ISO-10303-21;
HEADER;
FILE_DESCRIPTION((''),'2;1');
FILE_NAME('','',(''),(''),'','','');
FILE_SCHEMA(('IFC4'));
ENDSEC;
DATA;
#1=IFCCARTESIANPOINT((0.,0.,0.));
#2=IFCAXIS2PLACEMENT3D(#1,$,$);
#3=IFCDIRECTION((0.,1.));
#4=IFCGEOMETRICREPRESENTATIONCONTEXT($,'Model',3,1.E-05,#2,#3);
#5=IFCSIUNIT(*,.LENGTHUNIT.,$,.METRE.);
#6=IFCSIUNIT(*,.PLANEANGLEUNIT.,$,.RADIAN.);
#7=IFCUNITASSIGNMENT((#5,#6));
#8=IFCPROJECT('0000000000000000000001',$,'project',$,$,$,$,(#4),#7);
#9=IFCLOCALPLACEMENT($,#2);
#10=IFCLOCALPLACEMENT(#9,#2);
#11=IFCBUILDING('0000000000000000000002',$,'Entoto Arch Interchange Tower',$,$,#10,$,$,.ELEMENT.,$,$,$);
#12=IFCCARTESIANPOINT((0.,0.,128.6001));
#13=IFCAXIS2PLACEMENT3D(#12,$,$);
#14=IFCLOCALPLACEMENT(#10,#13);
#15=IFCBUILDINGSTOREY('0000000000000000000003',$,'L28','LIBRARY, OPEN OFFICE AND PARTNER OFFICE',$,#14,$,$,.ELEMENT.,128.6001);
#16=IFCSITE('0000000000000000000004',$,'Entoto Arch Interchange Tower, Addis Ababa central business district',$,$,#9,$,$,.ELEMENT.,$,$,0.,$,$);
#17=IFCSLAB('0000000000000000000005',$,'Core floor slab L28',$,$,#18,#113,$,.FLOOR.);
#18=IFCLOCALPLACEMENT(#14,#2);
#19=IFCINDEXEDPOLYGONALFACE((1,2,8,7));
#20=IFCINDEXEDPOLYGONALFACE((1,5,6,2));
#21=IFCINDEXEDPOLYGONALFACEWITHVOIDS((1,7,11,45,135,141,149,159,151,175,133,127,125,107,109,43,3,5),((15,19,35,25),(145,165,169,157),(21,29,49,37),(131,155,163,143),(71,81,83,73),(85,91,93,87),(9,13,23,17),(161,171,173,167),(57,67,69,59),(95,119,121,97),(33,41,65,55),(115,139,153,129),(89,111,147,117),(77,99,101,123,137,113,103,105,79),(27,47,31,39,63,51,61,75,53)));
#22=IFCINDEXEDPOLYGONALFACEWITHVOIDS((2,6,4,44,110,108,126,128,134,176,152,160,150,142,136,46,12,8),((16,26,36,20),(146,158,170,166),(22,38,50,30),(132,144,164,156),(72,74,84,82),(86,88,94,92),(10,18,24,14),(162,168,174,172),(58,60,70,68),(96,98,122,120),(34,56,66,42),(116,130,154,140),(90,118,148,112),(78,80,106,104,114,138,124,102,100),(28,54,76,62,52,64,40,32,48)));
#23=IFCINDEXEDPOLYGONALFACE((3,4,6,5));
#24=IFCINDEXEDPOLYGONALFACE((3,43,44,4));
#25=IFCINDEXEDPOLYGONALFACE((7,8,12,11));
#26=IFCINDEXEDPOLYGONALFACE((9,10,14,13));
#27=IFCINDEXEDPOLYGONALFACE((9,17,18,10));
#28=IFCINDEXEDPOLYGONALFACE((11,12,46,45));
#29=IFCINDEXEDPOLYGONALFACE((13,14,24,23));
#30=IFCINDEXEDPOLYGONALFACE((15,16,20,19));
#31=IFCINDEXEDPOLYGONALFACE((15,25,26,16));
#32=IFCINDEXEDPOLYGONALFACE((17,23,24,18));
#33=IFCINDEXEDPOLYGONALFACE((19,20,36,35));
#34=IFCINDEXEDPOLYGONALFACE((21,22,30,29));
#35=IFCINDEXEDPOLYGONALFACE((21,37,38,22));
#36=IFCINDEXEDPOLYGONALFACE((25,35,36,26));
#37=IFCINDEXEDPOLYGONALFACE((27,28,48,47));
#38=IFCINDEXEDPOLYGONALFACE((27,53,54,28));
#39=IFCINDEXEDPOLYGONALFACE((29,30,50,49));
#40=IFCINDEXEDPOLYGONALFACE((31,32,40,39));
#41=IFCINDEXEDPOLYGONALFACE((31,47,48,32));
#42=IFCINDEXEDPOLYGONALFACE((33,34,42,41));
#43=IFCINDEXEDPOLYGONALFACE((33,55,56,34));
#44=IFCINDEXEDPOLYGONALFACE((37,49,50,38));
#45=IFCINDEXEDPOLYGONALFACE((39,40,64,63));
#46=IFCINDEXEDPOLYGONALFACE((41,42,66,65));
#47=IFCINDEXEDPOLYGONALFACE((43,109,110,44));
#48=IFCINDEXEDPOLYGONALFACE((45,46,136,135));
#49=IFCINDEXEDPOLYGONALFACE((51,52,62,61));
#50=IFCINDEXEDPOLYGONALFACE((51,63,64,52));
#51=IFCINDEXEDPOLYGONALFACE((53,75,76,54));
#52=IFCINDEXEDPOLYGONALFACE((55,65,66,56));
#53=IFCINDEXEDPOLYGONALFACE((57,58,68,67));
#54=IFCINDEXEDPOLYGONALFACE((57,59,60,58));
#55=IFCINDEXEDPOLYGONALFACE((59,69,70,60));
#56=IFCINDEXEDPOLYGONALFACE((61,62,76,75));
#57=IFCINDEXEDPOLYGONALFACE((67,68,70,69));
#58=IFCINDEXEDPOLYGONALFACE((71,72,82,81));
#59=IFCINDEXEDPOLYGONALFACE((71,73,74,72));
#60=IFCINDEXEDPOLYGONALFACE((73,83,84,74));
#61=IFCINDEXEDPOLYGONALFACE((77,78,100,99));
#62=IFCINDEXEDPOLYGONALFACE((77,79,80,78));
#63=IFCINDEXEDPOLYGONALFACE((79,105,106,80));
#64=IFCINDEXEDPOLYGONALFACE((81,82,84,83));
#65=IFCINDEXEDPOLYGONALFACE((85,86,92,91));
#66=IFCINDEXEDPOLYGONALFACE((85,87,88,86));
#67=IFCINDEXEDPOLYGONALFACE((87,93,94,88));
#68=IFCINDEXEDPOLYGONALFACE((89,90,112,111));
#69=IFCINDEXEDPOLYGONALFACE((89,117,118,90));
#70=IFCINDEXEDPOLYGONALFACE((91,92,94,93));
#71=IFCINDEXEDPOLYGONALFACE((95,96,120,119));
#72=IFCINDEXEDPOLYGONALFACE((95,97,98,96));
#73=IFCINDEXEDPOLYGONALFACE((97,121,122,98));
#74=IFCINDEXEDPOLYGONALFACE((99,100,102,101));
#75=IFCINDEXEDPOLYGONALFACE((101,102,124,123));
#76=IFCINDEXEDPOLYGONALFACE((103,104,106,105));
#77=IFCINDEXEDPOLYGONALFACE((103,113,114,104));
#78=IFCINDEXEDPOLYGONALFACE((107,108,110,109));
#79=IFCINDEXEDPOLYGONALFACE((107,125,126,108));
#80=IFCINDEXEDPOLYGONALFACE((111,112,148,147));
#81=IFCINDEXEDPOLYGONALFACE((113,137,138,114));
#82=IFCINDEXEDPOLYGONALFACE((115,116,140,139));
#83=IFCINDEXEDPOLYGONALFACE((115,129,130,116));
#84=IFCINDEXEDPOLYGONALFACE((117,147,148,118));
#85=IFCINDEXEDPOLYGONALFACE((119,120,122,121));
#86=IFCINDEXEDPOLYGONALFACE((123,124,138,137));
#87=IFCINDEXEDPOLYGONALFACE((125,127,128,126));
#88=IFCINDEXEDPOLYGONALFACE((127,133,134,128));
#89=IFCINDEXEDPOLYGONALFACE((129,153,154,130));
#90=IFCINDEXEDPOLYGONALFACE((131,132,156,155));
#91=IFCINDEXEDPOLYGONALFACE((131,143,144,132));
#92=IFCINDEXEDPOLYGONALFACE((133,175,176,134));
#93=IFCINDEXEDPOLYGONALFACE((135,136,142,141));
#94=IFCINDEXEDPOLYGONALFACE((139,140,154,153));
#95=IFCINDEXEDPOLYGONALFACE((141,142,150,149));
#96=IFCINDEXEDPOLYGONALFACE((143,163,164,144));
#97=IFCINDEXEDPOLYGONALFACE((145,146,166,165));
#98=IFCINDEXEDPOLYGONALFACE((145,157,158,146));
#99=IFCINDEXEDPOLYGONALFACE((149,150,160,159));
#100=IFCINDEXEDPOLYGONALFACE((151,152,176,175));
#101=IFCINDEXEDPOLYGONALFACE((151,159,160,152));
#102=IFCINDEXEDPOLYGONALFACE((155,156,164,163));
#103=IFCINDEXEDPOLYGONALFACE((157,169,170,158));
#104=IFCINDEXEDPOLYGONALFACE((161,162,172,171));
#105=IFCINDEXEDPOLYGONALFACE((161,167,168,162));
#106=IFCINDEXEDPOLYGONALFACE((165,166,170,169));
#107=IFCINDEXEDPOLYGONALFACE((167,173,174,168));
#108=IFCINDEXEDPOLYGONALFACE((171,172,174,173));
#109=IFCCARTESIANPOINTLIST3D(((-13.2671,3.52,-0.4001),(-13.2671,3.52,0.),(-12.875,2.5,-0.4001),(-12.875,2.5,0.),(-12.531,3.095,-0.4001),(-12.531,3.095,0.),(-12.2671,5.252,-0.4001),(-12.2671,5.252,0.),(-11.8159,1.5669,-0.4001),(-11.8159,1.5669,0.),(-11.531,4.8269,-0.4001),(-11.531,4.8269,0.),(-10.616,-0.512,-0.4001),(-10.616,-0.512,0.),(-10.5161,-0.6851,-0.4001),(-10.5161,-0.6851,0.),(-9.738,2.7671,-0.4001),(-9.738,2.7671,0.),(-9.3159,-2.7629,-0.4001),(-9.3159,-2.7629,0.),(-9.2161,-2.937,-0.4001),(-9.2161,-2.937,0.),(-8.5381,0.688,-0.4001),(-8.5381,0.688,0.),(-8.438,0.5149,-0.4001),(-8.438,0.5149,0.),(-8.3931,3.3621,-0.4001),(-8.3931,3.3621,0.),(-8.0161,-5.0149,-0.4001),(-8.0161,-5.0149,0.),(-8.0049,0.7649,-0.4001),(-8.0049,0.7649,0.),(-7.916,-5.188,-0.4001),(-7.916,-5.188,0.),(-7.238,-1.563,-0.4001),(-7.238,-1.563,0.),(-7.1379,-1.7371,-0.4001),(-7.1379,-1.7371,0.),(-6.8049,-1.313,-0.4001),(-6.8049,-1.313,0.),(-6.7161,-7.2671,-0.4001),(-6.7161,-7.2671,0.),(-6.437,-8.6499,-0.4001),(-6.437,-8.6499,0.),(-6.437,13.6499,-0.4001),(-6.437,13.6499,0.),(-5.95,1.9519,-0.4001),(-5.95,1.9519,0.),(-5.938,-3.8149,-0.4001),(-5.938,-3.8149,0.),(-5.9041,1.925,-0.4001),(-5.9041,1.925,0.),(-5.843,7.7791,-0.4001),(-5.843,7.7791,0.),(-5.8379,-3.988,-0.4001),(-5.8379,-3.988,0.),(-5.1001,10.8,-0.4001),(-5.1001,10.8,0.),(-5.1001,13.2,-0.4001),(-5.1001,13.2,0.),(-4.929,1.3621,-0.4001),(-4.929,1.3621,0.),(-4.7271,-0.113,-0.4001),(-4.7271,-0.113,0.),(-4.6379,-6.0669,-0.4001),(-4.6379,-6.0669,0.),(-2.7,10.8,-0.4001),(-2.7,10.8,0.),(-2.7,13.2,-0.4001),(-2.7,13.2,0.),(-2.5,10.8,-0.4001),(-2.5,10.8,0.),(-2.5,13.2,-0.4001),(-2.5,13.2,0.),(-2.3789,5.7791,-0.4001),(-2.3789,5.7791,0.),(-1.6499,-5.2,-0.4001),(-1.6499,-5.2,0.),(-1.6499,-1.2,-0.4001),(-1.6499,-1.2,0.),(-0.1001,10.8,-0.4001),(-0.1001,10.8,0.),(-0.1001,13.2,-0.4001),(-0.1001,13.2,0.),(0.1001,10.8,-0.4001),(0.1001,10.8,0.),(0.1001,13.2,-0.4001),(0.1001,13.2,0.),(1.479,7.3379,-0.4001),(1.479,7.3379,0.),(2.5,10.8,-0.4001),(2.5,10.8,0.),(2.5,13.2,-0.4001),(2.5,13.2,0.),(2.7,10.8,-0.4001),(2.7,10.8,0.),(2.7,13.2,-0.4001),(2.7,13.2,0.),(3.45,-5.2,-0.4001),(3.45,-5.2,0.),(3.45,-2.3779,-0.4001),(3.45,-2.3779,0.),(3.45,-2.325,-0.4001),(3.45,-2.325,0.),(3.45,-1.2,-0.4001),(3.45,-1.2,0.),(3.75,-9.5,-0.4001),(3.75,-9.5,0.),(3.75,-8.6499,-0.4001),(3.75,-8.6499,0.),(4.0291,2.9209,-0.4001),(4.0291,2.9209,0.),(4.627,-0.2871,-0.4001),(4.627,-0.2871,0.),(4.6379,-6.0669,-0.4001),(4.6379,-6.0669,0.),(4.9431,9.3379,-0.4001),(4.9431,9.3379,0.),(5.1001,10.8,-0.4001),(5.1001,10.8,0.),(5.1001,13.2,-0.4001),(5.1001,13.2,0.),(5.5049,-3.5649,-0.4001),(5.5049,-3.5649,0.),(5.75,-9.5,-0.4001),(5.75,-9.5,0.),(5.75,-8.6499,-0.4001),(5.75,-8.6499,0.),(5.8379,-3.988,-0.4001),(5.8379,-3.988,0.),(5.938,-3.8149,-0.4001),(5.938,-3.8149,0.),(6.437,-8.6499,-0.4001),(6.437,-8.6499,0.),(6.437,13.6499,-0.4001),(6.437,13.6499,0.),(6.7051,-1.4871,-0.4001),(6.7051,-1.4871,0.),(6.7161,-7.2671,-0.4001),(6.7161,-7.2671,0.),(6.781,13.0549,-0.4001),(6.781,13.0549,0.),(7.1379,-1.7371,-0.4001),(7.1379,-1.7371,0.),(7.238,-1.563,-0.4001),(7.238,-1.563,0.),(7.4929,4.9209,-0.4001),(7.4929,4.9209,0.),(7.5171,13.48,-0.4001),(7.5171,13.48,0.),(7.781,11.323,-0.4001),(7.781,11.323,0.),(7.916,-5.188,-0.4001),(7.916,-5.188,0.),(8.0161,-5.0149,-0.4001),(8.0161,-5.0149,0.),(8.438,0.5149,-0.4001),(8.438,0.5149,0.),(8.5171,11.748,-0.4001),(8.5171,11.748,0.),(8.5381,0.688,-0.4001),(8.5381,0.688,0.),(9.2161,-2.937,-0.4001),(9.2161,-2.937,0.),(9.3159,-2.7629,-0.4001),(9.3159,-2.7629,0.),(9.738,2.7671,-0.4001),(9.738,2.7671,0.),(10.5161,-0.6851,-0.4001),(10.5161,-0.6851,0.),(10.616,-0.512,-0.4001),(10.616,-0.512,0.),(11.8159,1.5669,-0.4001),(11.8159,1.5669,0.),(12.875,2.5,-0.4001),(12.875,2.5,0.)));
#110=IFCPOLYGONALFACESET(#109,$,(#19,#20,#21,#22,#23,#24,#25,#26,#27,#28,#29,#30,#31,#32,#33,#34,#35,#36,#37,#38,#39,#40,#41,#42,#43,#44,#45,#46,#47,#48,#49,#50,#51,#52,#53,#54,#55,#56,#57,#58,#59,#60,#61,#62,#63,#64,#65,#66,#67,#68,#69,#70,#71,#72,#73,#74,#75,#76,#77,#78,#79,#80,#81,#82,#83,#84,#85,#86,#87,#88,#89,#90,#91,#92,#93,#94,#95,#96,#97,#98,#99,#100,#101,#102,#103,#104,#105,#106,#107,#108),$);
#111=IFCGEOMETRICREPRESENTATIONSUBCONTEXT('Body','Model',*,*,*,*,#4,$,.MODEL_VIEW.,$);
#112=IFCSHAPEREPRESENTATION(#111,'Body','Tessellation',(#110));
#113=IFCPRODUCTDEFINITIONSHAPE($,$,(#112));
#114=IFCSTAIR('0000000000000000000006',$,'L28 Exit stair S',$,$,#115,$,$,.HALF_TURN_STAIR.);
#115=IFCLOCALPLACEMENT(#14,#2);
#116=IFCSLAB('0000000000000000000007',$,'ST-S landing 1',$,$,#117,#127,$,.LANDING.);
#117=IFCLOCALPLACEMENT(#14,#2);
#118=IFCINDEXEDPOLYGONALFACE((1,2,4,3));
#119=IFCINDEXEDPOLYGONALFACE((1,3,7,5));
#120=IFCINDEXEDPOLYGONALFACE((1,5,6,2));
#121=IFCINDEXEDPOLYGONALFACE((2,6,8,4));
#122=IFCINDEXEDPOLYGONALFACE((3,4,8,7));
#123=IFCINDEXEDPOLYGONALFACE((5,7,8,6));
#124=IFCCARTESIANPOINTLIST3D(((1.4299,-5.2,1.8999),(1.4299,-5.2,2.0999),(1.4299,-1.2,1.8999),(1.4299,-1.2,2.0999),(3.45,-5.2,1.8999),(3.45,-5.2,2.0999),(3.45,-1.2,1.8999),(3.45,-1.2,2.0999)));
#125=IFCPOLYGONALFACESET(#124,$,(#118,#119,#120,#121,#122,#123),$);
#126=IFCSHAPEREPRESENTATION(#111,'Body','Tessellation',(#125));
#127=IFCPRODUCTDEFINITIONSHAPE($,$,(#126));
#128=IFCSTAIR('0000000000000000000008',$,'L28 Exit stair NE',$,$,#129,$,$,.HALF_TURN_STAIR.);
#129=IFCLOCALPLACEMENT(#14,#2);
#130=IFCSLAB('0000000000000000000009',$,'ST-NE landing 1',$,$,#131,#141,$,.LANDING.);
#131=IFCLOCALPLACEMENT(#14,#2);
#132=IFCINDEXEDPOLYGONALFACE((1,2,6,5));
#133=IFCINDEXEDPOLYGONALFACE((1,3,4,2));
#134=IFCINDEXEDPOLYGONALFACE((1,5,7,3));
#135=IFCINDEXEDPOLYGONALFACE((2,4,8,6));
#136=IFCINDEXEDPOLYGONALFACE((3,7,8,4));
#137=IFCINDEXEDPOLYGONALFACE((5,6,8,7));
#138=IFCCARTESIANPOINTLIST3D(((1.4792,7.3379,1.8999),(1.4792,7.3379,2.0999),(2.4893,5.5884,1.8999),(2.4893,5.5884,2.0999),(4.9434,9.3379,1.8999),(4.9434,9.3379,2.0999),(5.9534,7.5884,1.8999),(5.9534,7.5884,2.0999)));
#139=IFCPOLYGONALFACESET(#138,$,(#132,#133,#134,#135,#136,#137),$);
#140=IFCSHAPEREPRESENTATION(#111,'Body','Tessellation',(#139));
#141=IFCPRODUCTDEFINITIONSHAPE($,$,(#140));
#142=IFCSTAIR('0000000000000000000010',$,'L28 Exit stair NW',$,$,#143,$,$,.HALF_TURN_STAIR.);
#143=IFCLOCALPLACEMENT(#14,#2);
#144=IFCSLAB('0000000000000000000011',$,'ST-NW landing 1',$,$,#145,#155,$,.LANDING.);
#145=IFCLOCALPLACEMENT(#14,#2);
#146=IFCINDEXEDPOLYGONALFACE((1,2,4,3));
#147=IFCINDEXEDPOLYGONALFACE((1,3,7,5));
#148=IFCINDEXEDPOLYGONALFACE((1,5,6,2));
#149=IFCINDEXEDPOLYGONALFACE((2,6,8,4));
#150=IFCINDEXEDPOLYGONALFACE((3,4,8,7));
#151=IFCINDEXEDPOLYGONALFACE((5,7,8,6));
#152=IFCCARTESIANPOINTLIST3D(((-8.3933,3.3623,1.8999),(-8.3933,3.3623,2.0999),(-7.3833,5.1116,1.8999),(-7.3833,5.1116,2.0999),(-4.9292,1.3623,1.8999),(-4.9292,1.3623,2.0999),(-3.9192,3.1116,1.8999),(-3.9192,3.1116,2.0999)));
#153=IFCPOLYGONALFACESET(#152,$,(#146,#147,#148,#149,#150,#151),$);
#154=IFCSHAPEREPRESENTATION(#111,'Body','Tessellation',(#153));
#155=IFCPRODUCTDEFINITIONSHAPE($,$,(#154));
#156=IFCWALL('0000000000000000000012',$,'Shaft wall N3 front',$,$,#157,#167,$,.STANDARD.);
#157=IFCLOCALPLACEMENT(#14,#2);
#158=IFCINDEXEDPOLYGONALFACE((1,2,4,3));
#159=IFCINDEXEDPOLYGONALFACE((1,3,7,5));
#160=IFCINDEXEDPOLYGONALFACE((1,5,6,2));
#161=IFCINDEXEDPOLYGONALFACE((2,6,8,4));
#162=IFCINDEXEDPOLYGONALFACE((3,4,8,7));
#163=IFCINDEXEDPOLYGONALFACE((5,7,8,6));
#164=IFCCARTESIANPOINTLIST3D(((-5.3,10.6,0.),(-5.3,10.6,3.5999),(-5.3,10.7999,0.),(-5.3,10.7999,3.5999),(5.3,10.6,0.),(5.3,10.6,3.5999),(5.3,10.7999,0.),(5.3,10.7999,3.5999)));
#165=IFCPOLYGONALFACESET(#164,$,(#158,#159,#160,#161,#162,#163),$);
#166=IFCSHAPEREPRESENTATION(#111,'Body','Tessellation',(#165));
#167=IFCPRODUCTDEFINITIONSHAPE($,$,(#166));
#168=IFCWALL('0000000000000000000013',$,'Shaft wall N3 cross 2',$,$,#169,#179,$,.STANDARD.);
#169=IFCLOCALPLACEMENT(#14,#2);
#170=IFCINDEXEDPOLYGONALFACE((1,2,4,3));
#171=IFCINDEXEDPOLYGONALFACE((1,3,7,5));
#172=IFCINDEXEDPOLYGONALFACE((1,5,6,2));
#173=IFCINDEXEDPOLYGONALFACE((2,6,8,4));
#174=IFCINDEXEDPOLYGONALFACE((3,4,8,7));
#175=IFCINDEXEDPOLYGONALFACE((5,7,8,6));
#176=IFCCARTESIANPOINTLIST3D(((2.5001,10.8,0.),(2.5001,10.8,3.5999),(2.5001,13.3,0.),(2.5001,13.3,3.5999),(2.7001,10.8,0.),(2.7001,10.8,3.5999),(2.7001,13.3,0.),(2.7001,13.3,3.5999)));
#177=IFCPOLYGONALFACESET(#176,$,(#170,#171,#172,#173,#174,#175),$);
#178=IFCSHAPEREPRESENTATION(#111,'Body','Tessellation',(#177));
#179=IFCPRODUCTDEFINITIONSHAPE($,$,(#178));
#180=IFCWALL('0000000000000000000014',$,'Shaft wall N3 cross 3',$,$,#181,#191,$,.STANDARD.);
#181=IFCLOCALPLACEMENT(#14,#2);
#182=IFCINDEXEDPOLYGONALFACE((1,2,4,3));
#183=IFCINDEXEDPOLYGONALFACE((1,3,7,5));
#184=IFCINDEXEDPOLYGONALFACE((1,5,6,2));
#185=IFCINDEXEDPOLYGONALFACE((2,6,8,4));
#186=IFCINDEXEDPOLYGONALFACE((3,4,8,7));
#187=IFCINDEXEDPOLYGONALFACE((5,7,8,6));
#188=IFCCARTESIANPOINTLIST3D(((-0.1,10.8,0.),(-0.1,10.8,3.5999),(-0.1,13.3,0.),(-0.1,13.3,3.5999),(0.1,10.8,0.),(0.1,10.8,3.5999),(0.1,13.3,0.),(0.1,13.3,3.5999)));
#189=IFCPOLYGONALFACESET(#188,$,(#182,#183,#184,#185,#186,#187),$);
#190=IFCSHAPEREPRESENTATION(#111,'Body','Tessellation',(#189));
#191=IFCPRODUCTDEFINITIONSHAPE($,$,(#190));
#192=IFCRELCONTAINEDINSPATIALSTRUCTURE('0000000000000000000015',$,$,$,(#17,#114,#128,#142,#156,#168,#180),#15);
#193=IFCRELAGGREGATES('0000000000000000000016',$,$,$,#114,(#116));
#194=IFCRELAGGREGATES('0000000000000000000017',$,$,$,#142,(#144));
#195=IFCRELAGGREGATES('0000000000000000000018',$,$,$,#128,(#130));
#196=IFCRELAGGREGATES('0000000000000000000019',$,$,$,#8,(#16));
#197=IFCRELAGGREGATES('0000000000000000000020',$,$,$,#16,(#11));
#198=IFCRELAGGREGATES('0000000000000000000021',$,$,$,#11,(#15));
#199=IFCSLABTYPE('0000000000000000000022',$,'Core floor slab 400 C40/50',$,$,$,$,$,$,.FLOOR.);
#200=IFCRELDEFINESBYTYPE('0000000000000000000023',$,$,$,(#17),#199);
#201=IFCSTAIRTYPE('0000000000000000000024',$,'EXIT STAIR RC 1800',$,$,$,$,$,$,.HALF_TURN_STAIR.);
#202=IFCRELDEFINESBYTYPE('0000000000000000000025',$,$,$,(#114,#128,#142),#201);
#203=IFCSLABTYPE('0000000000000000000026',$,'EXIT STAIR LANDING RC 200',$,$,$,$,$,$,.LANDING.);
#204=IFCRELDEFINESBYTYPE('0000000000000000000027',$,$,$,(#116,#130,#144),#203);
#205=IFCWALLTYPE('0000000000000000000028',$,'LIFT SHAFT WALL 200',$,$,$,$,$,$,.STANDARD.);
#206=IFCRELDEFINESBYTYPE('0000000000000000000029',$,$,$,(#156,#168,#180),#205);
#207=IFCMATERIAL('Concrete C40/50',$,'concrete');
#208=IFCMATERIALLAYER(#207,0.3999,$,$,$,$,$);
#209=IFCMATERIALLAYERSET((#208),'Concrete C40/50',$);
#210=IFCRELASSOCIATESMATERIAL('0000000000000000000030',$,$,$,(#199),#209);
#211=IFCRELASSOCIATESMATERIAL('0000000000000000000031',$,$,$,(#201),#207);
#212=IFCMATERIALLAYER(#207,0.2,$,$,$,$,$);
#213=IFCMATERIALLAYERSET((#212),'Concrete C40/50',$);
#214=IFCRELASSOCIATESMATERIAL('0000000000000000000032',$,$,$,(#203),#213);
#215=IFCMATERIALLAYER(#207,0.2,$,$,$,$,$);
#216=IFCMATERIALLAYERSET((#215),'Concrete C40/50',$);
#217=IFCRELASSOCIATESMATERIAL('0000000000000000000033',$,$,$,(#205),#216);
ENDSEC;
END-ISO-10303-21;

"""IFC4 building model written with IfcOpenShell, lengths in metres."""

from ifc_helpers import new_model, si_unit, direction, frame, frame_2d, origin, place, context, subcontext, project, spatial, polyline, rectangle, outline, extrude, material, layer, layer_set, type_object, element, aggregate, save


model = new_model("IFC4")

# Units and contexts
model_context = context("Model", 3, precision=1e-05, world=origin(), true_north=direction((0.0, 1.0)))
body_context = subcontext(model_context, "Body", "Model", "MODEL_VIEW")
ifc_project = project(units=[si_unit("LENGTHUNIT", "METRE"), si_unit("PLANEANGLEUNIT", "RADIAN")], contexts=[model_context])

# Site, building, storey
site_placement = place(None, origin())
site = spatial("IfcSite", under=ifc_project, at=site_placement, Name="Entoto Arch Interchange Tower, Addis Ababa central business district", CompositionType="ELEMENT", RefElevation=0.0)
building_placement = place(site_placement, origin())
building = spatial("IfcBuilding", under=site, at=building_placement, Name="Entoto Arch Interchange Tower", CompositionType="ELEMENT")
storey_placement = place(building_placement, frame((0.0, 0.0, 128.6001)))
storey = spatial("IfcBuildingStorey", under=building, at=storey_placement, Name="L28", Description="LIBRARY, OPEN OFFICE AND PARTNER OFFICE", CompositionType="ELEMENT", Elevation=128.6001)

# Slab
ifc_material_1 = material(Name="Concrete C40/50", Category="concrete")
ifc_layer_1 = layer(ifc_material_1, 0.3999)
ifc_layer_set_1 = layer_set([ifc_layer_1], Name="Concrete C40/50")
slab_type_1 = type_object("IfcSlabType", Name="Core floor slab 400 C40/50", PredefinedType="FLOOR", material=ifc_layer_set_1)
slab_1_placement = place(storey_placement, frame((0.0, 0.0, -0.4001)))
element("IfcSlab", 1, at=slab_1_placement, inside=storey, type_object=slab_type_1, Name="Core floor slab L28", PredefinedType="FLOOR", context=body_context, shape_type="SweptSolid", body=[
    extrude(outline(polyline([(5.75, -9.5), (3.75, -9.5), (3.75, -8.6499), (-6.437, -8.6499), (-12.875, 2.5), (-12.531, 3.095), (-13.2671, 3.52), (-12.2671, 5.252), (-11.531, 4.8269), (-6.437, 13.6499), (6.437, 13.6499), (6.781, 13.0549), (7.5171, 13.48), (8.5171, 11.748), (7.781, 11.323), (12.875, 2.5), (6.437, -8.6499), (5.75, -8.6499), (5.75, -9.5)]), holes=[polyline([(-4.6379, -6.0669), (-5.8379, -3.988), (-7.916, -5.188), (-6.7161, -7.2671), (-4.6379, -6.0669)]), polyline([(-5.938, -3.8149), (-7.1379, -1.7371), (-9.2161, -2.937), (-8.0161, -5.0149), (-5.938, -3.8149)]), polyline([(5.5049, -3.5649), (6.7051, -1.4871), (4.627, -0.2871), (3.45, -2.325), (3.45, -1.2), (-1.6499, -1.2), (-1.6499, -5.2), (3.45, -5.2), (3.45, -2.3779), (5.5049, -3.5649)]), polyline([(-7.238, -1.563), (-8.438, 0.5149), (-10.5161, -0.6851), (-9.3159, -2.7629), (-7.238, -1.563)]), polyline([(-4.7271, -0.113), (-5.9041, 1.925), (-4.929, 1.3621), (-2.3789, 5.7791), (-5.843, 7.7791), (-8.3931, 3.3621), (-5.95, 1.9519), (-8.0049, 0.7649), (-6.8049, -1.313), (-4.7271, -0.113)]), polyline([(-8.5381, 0.688), (-9.738, 2.7671), (-11.8159, 1.5669), (-10.616, -0.512), (-8.5381, 0.688)]), polyline([(-5.1001, 10.8), (-2.7, 10.8), (-2.7, 13.2), (-5.1001, 13.2), (-5.1001, 10.8)]), polyline([(-2.5, 10.8), (-0.1001, 10.8), (-0.1001, 13.2), (-2.5, 13.2), (-2.5, 10.8)]), polyline([(5.8379, -3.988), (4.6379, -6.0669), (6.7161, -7.2671), (7.916, -5.188), (5.8379, -3.988)]), polyline([(7.1379, -1.7371), (5.938, -3.8149), (8.0161, -5.0149), (9.2161, -2.937), (7.1379, -1.7371)]), polyline([(8.438, 0.5149), (7.238, -1.563), (9.3159, -2.7629), (10.5161, -0.6851), (8.438, 0.5149)]), polyline([(9.738, 2.7671), (8.5381, 0.688), (10.616, -0.512), (11.8159, 1.5669), (9.738, 2.7671)]), polyline([(4.0291, 2.9209), (7.4929, 4.9209), (4.9431, 9.3379), (1.479, 7.3379), (4.0291, 2.9209)]), polyline([(0.1001, 13.2), (0.1001, 10.8), (2.5, 10.8), (2.5, 13.2), (0.1001, 13.2)]), polyline([(2.7, 13.2), (2.7, 10.8), (5.1001, 10.8), (5.1001, 13.2), (2.7, 13.2)])]), origin(), (0.0, 0.0, 1.0), 0.4001),
])

# Stairs, slabs
stair_type = type_object("IfcStairType", Name="EXIT STAIR RC 1800", PredefinedType="HALF_TURN_STAIR", material=ifc_material_1)
stair_1_placement = place(storey_placement, origin())
stair_1 = element("IfcStair", 2, at=stair_1_placement, inside=storey, type_object=stair_type, Name="L28 Exit stair S", PredefinedType="HALF_TURN_STAIR")
ifc_layer_2 = layer(ifc_material_1, 0.2)
ifc_layer_set_2 = layer_set([ifc_layer_2], Name="Concrete C40/50")
slab_type_2 = type_object("IfcSlabType", Name="EXIT STAIR LANDING RC 200", PredefinedType="LANDING", material=ifc_layer_set_2)
slab_2_placement = place(storey_placement, frame((0.0, 0.0, 1.8999)))
slab_2 = element("IfcSlab", 3, at=slab_2_placement, type_object=slab_type_2, Name="ST-S landing 1", PredefinedType="LANDING", context=body_context, shape_type="SweptSolid", body=[
    extrude(outline(polyline([(1.4299, -5.2), (3.45, -5.2), (3.45, -1.2), (1.4299, -1.2), (1.4299, -5.2)])), origin(), (0.0, 0.0, 1.0), 0.2),
])
aggregate(stair_1, [slab_2])
stair_2_placement = place(storey_placement, origin())
stair_2 = element("IfcStair", 4, at=stair_2_placement, inside=storey, type_object=stair_type, Name="L28 Exit stair NE", PredefinedType="HALF_TURN_STAIR")
slab_3_placement = place(storey_placement, frame((0.0, 0.0, 1.8999)))
slab_3 = element("IfcSlab", 5, at=slab_3_placement, type_object=slab_type_2, Name="ST-NE landing 1", PredefinedType="LANDING", context=body_context, shape_type="SweptSolid", body=[
    extrude(outline(polyline([(5.9534, 7.5884), (4.9434, 9.3379), (1.4792, 7.3379), (2.4893, 5.5884), (5.9534, 7.5884)])), origin(), (0.0, 0.0, 1.0), 0.2),
])
stair_3_placement = place(storey_placement, origin())
stair_3 = element("IfcStair", 6, at=stair_3_placement, inside=storey, type_object=stair_type, Name="L28 Exit stair NW", PredefinedType="HALF_TURN_STAIR")
slab_4_placement = place(storey_placement, frame((0.0, 0.0, 1.8999)))
slab_4 = element("IfcSlab", 7, at=slab_4_placement, type_object=slab_type_2, Name="ST-NW landing 1", PredefinedType="LANDING", context=body_context, shape_type="SweptSolid", body=[
    extrude(outline(polyline([(-7.3833, 5.1116), (-8.3933, 3.3623), (-4.9292, 1.3623), (-3.9192, 3.1116), (-7.3833, 5.1116)])), origin(), (0.0, 0.0, 1.0), 0.2),
])
aggregate(stair_3, [slab_4])

# Walls
ifc_layer_3 = layer(ifc_material_1, 0.2)
ifc_layer_set_3 = layer_set([ifc_layer_3], Name="Concrete C40/50")
wall_type_1 = type_object("IfcWallType", Name="LIFT SHAFT WALL 200", PredefinedType="STANDARD", material=ifc_layer_set_3)
wall_1_placement = place(storey_placement, frame((5.3, 10.7, 0.0), z_axis=(0.0, 0.0, 1.0), x_axis=(-1.0, 0.0, 0.0)))
element("IfcWall", 8, at=wall_1_placement, inside=storey, type_object=wall_type_1, Name="Shaft wall N3 front", PredefinedType="STANDARD", context=body_context, shape_type="SweptSolid", body=[
    extrude(rectangle(XDim=10.6001, YDim=0.2, at=frame_2d((5.3, 0.0))), origin(), (0.0, 0.0, 1.0), 3.5999),
])
for number, where, z_axis, x_axis, name in (
    (9, (2.6001, 10.8, 0.0), (0.0, 0.0, 1.0), (0.0, 1.0, 0.0), "Shaft wall N3 cross 2"),
    (10, (0.0, 10.8, 0.0), (0.0, 0.0, 1.0), (0.0, 1.0, 0.0), "Shaft wall N3 cross 3"),
):
    element("IfcWall", number, at=place(storey_placement, frame(where, z_axis=z_axis, x_axis=x_axis)), inside=storey, type_object=wall_type_1, Name=name, PredefinedType="STANDARD", context=body_context, shape_type="SweptSolid", body=[
        extrude(rectangle(XDim=2.5, YDim=0.2, at=frame_2d((1.25, 0.0))), origin(), (0.0, 0.0, 1.0), 3.5999),
    ])

aggregate(stair_2, [slab_3])

save(model, "model.ifc")
